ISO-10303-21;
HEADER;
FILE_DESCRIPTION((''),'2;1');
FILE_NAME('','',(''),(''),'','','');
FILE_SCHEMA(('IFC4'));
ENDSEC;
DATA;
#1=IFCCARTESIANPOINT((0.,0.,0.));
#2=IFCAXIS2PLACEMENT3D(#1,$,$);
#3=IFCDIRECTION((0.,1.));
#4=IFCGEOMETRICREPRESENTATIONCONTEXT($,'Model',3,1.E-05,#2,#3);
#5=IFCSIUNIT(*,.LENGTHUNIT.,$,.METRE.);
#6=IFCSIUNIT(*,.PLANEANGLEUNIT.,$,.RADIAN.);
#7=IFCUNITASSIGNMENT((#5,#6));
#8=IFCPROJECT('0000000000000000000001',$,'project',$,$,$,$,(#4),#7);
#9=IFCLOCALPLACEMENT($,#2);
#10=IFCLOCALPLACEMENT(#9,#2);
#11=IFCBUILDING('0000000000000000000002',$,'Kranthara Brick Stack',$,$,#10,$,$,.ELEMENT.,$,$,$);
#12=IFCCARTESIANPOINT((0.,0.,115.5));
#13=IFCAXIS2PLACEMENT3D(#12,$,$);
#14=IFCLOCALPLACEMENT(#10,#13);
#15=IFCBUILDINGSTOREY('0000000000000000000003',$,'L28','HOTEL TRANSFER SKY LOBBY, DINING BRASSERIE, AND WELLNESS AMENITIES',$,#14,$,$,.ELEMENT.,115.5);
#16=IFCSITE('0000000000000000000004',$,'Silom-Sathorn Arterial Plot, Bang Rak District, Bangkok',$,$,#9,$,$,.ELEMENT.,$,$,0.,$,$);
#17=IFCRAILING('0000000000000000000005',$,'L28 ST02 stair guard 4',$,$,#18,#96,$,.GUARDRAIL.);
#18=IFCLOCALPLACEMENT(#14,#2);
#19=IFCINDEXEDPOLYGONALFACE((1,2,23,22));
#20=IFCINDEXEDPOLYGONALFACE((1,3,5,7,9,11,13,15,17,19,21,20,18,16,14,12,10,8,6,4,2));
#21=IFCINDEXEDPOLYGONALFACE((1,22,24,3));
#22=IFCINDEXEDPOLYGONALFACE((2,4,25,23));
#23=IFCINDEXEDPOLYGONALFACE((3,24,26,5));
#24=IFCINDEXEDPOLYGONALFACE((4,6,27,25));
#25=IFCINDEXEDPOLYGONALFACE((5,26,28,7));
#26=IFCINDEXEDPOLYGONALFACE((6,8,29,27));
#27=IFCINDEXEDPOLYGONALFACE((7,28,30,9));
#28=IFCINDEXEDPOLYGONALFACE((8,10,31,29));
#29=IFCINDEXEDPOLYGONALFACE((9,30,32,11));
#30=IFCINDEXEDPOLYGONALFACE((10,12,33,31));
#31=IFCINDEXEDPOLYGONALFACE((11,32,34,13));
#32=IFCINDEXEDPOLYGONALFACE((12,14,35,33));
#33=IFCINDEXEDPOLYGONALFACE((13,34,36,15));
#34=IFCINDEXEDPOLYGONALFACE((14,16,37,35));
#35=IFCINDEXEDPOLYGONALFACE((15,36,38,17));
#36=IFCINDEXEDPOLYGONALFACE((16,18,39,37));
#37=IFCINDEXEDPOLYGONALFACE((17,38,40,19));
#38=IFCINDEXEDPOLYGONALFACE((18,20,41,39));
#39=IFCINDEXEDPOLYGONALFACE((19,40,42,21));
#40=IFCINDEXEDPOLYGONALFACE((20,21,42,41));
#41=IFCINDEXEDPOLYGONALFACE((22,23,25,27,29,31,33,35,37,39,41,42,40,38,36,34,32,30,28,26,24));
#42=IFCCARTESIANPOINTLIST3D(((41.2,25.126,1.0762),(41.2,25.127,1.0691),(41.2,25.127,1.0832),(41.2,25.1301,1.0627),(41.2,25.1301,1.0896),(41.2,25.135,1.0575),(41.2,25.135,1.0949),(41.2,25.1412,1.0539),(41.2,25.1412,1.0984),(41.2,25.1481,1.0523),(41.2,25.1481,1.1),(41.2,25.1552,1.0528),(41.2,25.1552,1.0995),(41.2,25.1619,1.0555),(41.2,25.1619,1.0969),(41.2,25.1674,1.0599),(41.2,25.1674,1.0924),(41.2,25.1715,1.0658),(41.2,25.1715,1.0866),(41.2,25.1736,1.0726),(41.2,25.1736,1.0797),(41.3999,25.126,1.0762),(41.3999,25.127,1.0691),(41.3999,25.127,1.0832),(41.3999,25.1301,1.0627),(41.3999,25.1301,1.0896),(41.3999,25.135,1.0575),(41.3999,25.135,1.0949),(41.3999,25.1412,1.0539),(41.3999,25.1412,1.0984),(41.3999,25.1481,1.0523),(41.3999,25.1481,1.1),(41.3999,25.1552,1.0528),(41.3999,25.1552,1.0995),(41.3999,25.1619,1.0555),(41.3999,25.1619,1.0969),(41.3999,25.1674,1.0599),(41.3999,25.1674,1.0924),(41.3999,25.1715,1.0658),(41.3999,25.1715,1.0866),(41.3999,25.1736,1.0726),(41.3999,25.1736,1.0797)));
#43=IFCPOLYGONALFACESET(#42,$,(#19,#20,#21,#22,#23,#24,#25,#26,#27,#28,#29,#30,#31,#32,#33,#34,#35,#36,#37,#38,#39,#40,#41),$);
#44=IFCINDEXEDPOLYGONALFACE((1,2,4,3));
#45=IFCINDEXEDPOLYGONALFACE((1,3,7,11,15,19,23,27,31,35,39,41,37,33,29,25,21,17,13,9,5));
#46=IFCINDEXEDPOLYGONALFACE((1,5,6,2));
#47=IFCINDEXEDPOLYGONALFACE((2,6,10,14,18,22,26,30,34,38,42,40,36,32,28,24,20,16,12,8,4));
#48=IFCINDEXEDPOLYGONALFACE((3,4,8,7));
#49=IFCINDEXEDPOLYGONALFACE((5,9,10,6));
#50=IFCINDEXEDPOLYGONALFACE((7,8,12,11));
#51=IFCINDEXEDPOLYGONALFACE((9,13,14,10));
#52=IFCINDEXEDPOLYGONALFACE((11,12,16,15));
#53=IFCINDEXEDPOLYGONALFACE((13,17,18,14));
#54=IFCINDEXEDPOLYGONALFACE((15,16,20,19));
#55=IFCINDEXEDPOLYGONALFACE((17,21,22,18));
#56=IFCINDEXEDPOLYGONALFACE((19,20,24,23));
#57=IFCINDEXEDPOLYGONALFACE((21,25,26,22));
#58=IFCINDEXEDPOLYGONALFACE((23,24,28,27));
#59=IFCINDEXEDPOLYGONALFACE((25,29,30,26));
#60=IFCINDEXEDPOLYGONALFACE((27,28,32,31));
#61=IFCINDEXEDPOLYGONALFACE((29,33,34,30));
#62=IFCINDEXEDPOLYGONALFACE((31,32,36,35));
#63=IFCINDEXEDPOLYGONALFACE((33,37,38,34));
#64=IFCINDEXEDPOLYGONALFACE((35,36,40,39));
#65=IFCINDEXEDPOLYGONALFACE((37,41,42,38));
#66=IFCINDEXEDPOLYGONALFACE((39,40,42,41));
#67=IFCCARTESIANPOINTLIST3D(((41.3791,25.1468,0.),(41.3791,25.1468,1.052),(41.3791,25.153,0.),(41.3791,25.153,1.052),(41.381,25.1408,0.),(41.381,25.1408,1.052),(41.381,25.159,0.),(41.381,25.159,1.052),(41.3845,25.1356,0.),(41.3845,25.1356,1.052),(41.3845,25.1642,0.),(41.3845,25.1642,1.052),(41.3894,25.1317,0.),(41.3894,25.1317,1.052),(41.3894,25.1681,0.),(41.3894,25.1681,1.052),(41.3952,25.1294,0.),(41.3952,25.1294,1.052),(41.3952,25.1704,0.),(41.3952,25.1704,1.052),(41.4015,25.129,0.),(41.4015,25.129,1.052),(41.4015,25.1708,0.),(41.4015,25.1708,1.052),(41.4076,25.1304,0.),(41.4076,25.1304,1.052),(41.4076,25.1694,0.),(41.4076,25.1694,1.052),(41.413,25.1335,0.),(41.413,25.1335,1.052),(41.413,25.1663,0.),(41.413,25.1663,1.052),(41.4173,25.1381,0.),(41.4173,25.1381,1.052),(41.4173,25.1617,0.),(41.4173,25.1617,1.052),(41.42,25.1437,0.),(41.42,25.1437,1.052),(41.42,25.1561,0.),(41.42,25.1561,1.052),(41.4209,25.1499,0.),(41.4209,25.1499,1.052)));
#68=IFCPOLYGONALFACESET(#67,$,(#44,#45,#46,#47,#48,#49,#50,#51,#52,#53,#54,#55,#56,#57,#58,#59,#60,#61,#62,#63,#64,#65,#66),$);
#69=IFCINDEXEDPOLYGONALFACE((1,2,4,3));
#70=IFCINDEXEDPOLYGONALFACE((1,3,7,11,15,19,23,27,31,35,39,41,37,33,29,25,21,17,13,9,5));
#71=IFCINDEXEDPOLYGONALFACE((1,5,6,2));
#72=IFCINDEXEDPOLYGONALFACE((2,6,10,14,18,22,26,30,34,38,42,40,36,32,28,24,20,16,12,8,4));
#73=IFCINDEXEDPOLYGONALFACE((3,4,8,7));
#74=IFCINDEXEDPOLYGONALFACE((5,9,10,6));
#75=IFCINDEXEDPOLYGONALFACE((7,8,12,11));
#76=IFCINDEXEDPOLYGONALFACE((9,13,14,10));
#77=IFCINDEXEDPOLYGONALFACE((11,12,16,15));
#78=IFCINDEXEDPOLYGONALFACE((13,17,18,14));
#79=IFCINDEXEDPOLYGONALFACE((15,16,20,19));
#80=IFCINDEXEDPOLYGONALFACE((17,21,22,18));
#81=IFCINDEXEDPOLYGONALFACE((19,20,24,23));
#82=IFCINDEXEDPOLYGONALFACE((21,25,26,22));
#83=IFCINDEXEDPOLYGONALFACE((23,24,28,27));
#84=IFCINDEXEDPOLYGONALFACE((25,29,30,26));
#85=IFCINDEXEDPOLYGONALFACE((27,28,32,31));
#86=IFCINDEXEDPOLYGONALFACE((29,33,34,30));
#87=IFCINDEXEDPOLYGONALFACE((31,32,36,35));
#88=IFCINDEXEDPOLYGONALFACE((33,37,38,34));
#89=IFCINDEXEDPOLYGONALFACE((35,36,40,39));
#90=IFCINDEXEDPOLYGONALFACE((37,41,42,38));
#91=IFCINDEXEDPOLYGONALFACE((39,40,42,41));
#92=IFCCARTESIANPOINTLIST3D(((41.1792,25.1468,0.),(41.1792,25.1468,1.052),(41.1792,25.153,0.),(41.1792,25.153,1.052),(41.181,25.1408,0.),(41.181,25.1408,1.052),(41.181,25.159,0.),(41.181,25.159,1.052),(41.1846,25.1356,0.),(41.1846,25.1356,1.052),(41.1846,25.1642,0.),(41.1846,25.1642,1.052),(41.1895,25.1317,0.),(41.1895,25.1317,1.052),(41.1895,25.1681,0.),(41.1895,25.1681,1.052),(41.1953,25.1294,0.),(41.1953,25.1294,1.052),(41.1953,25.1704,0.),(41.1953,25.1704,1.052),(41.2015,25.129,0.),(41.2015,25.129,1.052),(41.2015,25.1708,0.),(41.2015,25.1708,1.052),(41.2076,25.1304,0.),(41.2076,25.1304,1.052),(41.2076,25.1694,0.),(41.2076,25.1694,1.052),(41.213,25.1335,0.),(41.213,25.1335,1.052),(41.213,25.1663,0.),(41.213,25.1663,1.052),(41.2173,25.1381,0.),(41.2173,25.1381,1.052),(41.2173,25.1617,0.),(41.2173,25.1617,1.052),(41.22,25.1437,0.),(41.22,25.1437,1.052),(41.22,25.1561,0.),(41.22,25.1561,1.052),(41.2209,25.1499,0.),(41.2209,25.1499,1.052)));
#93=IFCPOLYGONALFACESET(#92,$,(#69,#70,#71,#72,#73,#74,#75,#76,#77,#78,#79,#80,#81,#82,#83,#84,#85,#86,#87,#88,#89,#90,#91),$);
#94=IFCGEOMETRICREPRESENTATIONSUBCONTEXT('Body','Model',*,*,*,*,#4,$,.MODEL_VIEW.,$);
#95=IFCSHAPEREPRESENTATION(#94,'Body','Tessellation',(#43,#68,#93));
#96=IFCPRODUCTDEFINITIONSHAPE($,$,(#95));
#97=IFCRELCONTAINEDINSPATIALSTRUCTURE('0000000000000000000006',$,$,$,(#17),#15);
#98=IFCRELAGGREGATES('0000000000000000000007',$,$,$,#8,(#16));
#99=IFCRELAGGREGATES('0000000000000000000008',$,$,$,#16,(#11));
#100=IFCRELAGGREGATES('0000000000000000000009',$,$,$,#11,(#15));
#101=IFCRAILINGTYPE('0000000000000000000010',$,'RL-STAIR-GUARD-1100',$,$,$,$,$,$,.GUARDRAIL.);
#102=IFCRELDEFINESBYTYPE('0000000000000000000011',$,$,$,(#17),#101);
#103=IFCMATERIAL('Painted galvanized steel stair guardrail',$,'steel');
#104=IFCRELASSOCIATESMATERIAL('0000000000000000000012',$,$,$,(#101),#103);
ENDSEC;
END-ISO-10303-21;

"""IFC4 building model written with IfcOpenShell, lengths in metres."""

from ifc_helpers import new_model, si_unit, direction, frame, origin, origin_2d, place, context, subcontext, project, spatial, circle, extrude, material, type_object, element, save


model = new_model("IFC4")

# Units and contexts
model_context = context("Model", 3, precision=1e-05, world=origin(), true_north=direction((0.0, 1.0)))
body_context = subcontext(model_context, "Body", "Model", "MODEL_VIEW")
ifc_project = project(units=[si_unit("LENGTHUNIT", "METRE"), si_unit("PLANEANGLEUNIT", "RADIAN")], contexts=[model_context])

# Site, building, storey
site_placement = place(None, origin())
site = spatial("IfcSite", under=ifc_project, at=site_placement, Name="Silom-Sathorn Arterial Plot, Bang Rak District, Bangkok", CompositionType="ELEMENT", RefElevation=0.0)
building_placement = place(site_placement, origin())
building = spatial("IfcBuilding", under=site, at=building_placement, Name="Kranthara Brick Stack", CompositionType="ELEMENT")
storey_placement = place(building_placement, frame((0.0, 0.0, 115.5)))
storey = spatial("IfcBuildingStorey", under=building, at=storey_placement, Name="L28", Description="HOTEL TRANSFER SKY LOBBY, DINING BRASSERIE, AND WELLNESS AMENITIES", CompositionType="ELEMENT", Elevation=115.5)

# Railing
ifc_material_1 = material(Name="Painted galvanized steel stair guardrail", Category="steel")
railing_type_1 = type_object("IfcRailingType", Name="RL-STAIR-GUARD-1100", PredefinedType="GUARDRAIL", material=ifc_material_1)
railing_1_placement = place(storey_placement, frame((41.3999, 25.1499, 0.0)))
element("IfcRailing", 1, at=railing_1_placement, inside=storey, type_object=railing_type_1, Name="L28 ST02 stair guard 4", PredefinedType="GUARDRAIL", context=body_context, shape_type="SweptSolid", body=[
    extrude(circle(Radius=0.0239, at=origin_2d()), frame((0.0, 0.0, 1.0762), z_axis=(-1.0, 0.0, 0.0), x_axis=(0.0, -1.0, 0.0)), (0.0, 0.0, 1.0), 0.2),
    extrude(circle(Radius=0.021, at=origin_2d()), origin(), (0.0, 0.0, 1.0), 1.052),
    extrude(circle(Radius=0.021, at=origin_2d()), frame((-0.2, 0.0, 0.0)), (0.0, 0.0, 1.0), 1.052),
])

save(model, "model.ifc")
